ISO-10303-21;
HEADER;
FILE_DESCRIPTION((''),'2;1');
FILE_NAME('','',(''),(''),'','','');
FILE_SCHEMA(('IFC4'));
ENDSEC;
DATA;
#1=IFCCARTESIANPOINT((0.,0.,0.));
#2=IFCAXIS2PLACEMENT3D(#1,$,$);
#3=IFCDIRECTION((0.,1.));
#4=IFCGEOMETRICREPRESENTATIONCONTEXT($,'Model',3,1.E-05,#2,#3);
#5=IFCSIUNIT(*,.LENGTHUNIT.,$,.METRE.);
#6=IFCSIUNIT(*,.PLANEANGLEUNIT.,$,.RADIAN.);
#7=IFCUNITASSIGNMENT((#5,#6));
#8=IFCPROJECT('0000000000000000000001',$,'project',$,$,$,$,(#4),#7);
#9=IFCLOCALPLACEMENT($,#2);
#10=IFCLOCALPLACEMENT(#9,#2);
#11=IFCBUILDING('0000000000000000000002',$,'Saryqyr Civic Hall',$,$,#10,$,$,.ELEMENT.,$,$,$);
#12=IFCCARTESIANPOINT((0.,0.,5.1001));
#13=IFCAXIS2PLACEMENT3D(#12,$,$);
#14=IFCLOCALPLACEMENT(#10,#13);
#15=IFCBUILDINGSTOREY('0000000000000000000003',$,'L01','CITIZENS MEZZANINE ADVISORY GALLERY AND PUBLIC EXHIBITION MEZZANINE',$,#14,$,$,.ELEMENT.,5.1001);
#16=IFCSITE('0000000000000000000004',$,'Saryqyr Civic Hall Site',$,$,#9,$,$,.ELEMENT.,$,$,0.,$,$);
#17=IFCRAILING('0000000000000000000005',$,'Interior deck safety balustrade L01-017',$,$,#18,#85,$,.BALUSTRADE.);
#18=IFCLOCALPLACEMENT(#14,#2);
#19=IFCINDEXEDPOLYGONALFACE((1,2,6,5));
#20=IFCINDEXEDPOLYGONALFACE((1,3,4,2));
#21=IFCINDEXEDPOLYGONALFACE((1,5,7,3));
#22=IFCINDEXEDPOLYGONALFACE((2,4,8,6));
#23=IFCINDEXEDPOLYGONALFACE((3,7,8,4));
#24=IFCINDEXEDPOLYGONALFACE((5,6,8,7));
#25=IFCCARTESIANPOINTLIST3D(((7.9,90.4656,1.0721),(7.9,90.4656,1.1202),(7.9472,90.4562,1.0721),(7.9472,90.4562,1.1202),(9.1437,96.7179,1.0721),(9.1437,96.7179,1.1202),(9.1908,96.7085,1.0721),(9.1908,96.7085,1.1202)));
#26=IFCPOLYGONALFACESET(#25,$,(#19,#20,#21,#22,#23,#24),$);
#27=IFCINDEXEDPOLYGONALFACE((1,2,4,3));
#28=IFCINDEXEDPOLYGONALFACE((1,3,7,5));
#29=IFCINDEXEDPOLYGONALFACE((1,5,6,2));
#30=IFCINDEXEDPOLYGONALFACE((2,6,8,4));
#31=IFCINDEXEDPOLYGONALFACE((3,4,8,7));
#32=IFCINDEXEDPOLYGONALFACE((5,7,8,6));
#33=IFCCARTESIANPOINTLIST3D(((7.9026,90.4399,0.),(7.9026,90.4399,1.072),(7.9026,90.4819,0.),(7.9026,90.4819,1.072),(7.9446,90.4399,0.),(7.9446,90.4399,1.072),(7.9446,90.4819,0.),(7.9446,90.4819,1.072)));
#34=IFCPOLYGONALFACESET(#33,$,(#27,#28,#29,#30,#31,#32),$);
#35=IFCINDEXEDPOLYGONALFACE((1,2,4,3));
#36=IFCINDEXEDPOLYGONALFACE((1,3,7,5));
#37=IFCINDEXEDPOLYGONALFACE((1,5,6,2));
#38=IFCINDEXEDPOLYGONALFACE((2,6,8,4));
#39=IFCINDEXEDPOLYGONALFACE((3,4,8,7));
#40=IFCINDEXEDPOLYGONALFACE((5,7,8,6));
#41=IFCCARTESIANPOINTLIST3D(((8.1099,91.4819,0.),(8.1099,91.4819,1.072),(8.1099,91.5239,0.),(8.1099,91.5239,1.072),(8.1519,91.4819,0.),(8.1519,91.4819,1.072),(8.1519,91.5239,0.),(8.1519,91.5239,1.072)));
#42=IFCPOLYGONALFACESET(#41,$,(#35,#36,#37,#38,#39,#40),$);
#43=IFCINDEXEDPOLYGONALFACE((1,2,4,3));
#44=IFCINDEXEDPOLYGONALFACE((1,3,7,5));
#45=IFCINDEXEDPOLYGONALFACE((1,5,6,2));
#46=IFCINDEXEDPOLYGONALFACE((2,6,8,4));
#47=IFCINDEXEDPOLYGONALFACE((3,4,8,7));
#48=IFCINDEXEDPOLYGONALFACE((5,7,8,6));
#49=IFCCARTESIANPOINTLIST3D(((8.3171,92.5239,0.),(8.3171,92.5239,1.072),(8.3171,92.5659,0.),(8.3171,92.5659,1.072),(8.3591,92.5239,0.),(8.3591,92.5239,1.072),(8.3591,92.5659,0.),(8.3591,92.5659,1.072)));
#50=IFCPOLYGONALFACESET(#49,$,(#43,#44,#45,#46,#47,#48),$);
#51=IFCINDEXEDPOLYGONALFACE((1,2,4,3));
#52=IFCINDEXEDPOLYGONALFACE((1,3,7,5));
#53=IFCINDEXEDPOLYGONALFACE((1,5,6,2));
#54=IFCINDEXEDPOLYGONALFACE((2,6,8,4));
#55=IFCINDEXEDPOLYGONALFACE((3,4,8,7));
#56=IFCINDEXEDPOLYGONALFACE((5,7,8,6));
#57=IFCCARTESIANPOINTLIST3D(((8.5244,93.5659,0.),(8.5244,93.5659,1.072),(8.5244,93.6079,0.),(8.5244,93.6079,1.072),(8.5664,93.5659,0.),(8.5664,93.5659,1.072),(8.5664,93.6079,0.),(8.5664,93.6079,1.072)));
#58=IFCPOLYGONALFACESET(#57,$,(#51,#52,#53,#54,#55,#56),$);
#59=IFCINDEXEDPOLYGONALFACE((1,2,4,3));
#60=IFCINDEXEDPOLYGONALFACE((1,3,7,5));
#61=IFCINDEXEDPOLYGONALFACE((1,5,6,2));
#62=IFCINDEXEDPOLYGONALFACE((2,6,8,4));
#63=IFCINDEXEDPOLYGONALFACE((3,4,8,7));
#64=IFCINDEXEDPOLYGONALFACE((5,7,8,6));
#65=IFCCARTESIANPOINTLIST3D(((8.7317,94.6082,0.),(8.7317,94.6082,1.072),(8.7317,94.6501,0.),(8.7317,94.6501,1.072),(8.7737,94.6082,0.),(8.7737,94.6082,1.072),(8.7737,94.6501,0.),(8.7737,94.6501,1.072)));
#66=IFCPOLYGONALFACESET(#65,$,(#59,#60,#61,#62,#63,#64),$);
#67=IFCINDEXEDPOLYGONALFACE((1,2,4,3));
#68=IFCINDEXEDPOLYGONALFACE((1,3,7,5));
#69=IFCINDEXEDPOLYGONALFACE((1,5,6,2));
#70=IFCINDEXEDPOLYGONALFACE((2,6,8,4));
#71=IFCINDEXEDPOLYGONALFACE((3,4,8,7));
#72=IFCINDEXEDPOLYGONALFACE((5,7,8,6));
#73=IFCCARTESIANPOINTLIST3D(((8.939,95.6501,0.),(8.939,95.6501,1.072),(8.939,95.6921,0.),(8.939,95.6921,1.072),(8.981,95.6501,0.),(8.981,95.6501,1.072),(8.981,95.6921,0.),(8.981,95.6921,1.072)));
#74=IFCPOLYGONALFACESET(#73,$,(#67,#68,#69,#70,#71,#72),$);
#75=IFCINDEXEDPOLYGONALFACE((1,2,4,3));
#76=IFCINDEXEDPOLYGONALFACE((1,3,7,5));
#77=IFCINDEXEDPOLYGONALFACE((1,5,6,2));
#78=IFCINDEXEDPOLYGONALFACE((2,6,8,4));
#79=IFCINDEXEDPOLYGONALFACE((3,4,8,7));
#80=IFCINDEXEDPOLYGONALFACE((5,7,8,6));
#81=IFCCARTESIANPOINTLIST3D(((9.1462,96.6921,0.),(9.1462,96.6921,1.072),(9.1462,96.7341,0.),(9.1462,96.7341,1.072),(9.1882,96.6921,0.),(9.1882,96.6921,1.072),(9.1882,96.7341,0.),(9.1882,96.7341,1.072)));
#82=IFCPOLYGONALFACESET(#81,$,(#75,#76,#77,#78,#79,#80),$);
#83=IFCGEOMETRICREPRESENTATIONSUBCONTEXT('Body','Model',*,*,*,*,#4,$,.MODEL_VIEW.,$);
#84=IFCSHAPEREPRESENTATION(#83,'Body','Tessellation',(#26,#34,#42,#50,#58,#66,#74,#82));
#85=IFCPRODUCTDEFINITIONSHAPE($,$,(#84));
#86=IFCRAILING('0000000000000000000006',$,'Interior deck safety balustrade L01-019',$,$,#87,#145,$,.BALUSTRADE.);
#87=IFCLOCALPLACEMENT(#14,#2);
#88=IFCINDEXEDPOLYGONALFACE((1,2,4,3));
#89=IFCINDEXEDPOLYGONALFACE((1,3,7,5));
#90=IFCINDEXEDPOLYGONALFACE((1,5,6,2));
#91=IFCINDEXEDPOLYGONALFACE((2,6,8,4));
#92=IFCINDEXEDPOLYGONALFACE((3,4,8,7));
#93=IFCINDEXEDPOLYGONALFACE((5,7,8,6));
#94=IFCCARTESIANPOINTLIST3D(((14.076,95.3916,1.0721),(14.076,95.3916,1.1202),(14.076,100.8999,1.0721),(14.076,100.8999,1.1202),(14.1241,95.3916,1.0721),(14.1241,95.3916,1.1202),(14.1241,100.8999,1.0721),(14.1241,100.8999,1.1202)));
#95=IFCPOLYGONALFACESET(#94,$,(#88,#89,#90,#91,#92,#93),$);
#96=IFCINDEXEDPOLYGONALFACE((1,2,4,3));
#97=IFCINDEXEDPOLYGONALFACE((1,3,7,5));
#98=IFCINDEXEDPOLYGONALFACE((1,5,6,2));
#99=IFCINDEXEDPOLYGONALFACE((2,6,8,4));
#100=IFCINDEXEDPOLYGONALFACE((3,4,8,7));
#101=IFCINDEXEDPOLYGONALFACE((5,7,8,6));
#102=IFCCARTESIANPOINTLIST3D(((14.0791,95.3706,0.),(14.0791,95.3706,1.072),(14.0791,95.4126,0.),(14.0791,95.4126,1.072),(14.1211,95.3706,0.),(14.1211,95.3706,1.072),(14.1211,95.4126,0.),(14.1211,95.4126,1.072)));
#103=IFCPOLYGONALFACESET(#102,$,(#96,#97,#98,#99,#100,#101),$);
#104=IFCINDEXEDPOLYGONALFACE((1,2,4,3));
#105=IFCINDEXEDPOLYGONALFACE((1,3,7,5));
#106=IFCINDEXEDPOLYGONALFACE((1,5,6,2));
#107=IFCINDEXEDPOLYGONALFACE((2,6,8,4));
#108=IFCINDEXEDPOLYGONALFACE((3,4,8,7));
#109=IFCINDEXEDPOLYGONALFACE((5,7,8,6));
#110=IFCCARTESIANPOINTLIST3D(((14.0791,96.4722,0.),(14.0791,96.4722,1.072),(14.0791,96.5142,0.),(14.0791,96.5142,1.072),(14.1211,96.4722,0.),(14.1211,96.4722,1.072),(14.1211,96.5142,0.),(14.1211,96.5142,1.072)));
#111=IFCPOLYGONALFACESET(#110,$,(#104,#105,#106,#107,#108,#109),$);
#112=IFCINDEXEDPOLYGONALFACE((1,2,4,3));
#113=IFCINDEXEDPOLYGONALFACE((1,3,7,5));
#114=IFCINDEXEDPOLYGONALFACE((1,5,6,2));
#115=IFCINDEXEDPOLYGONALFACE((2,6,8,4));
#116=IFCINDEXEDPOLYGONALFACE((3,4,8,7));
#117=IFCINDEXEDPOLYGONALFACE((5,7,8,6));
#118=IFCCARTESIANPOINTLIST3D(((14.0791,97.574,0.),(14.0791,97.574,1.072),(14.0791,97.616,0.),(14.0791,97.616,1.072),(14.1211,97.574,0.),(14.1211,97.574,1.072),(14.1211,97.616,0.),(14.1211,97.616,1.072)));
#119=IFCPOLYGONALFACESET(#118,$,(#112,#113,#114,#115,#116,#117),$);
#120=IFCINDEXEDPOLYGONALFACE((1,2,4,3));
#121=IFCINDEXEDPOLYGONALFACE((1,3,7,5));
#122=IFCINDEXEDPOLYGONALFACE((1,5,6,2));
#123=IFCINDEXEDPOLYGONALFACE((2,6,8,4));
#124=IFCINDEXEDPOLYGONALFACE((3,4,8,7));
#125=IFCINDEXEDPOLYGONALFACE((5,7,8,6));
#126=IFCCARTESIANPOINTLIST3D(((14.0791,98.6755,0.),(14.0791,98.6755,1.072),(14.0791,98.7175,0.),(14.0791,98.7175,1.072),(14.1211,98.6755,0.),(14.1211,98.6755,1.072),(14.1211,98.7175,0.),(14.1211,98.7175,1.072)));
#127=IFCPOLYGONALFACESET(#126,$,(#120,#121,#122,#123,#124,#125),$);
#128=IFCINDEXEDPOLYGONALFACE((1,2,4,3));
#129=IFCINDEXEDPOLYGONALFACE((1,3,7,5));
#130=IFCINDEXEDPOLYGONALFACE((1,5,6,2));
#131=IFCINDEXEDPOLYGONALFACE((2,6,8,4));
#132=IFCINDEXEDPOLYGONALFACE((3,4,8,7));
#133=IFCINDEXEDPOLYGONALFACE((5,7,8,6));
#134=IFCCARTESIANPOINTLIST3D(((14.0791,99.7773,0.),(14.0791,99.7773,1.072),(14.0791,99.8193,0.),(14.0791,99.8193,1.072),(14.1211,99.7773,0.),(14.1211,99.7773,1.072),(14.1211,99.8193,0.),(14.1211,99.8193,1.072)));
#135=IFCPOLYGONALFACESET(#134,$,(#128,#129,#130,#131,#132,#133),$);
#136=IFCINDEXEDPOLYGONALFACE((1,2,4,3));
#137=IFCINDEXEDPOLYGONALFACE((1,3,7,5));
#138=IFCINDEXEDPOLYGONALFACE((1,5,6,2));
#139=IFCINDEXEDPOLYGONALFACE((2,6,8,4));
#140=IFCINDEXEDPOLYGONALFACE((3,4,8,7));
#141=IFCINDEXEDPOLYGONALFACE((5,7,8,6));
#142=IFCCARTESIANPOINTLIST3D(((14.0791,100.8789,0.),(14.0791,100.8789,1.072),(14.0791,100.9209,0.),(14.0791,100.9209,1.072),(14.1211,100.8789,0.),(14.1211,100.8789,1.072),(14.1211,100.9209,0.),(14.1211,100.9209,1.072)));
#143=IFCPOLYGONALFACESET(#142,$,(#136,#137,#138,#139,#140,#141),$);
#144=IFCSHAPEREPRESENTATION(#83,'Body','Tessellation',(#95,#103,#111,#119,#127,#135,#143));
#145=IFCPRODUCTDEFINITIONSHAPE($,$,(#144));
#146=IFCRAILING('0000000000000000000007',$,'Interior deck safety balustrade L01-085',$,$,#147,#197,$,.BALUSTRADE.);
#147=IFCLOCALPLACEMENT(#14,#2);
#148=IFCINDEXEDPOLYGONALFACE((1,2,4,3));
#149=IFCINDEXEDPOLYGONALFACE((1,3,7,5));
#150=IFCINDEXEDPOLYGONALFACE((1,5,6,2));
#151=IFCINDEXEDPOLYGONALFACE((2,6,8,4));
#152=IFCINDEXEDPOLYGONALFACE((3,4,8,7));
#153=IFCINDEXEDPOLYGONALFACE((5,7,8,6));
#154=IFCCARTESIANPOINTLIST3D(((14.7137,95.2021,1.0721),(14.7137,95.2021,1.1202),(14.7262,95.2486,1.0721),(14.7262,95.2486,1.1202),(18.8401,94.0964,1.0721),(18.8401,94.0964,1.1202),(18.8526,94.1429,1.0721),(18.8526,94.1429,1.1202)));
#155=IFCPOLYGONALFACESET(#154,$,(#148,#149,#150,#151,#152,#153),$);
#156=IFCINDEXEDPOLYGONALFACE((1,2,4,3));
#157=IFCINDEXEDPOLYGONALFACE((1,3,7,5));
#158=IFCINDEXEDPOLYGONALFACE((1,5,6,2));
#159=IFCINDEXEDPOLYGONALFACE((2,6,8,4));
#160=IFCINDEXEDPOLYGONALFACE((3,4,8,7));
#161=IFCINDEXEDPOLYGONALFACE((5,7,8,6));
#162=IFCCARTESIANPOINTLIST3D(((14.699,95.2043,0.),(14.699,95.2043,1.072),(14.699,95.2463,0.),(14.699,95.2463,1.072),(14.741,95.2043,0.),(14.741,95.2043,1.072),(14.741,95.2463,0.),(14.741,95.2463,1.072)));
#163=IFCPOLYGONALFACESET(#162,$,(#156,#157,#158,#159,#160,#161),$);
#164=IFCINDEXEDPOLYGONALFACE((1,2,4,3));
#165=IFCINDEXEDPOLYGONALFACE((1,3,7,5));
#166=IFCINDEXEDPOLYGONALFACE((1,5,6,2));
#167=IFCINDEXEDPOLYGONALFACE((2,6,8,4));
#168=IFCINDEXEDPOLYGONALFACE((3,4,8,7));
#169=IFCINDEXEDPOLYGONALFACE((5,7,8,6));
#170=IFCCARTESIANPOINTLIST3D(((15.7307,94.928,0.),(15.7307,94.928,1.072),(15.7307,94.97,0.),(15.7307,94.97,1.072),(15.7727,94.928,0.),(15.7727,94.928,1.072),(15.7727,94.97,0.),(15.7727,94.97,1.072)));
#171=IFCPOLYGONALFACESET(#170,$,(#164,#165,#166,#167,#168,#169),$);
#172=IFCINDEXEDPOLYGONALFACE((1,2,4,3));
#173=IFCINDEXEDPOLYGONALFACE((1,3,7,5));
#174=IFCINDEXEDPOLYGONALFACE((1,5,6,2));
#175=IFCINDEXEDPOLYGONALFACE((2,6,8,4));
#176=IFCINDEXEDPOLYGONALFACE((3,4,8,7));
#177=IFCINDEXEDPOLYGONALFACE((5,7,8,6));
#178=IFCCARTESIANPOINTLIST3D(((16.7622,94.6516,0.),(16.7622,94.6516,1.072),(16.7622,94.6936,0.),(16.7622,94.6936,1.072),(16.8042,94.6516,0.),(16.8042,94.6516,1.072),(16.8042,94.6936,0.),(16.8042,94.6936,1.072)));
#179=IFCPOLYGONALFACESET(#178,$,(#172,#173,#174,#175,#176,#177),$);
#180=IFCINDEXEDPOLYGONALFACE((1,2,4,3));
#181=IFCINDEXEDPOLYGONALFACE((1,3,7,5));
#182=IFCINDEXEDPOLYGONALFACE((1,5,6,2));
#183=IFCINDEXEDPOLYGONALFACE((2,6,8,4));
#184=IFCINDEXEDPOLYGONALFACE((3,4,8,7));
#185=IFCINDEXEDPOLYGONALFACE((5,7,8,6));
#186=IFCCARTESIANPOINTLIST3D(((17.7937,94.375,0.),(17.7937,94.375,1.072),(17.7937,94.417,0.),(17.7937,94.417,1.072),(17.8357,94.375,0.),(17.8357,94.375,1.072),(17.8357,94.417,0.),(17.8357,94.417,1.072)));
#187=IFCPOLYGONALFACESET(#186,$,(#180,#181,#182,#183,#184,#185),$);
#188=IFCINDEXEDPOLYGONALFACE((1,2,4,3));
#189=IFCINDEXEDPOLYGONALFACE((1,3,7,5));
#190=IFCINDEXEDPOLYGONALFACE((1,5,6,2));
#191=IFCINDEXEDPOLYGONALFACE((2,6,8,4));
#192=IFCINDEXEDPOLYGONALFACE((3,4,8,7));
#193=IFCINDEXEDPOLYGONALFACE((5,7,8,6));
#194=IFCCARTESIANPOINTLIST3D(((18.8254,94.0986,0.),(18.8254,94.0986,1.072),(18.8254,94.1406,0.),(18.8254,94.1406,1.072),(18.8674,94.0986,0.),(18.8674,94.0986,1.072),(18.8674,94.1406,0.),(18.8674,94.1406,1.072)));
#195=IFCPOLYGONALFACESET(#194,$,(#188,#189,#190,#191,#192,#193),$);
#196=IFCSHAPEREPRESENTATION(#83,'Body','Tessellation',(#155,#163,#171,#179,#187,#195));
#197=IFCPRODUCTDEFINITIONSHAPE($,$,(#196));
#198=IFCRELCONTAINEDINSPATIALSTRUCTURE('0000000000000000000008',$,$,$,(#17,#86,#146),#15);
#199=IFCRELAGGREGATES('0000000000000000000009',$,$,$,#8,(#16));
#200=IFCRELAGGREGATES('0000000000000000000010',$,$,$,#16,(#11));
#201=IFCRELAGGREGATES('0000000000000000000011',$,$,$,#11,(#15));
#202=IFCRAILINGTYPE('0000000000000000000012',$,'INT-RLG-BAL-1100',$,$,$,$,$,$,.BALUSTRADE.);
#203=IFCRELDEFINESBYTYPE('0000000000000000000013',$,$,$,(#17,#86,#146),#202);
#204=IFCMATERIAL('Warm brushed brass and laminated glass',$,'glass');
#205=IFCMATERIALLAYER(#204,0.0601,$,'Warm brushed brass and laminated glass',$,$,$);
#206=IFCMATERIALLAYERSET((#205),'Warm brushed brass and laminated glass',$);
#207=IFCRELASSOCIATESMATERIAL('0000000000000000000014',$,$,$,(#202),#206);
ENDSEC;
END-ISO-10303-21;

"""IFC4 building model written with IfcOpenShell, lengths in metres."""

from ifc_helpers import new_model, si_unit, direction, frame, origin, origin_2d, place, context, subcontext, project, spatial, rectangle, extrude, material, layer, layer_set, type_object, element, save


model = new_model("IFC4")

# Units and contexts
model_context = context("Model", 3, precision=1e-05, world=origin(), true_north=direction((0.0, 1.0)))
body_context = subcontext(model_context, "Body", "Model", "MODEL_VIEW")
ifc_project = project(units=[si_unit("LENGTHUNIT", "METRE"), si_unit("PLANEANGLEUNIT", "RADIAN")], contexts=[model_context])

# Site, building, storey
site_placement = place(None, origin())
site = spatial("IfcSite", under=ifc_project, at=site_placement, Name="Saryqyr Civic Hall Site", CompositionType="ELEMENT", RefElevation=0.0)
building_placement = place(site_placement, origin())
building = spatial("IfcBuilding", under=site, at=building_placement, Name="Saryqyr Civic Hall", CompositionType="ELEMENT")
storey_placement = place(building_placement, frame((0.0, 0.0, 5.1001)))
storey = spatial("IfcBuildingStorey", under=building, at=storey_placement, Name="L01", Description="CITIZENS MEZZANINE ADVISORY GALLERY AND PUBLIC EXHIBITION MEZZANINE", CompositionType="ELEMENT", Elevation=5.1001)

# Railings
ifc_material_1 = material(Name="Warm brushed brass and laminated glass", Category="glass")
ifc_layer_1 = layer(ifc_material_1, 0.0601, Name="Warm brushed brass and laminated glass")
ifc_layer_set_1 = layer_set([ifc_layer_1], Name="Warm brushed brass and laminated glass")
railing_type = type_object("IfcRailingType", Name="INT-RLG-BAL-1100", PredefinedType="BALUSTRADE", material=ifc_layer_set_1)
railing_1_placement = place(storey_placement, frame((7.9236, 90.4609, 0.0)))
element("IfcRailing", 1, at=railing_1_placement, inside=storey, type_object=railing_type, Name="Interior deck safety balustrade L01-017", PredefinedType="BALUSTRADE", context=body_context, shape_type="SweptSolid", body=[
    extrude(rectangle(XDim=0.0481, YDim=0.0481, at=origin_2d()), frame((0.0, 0.0, 1.0962), z_axis=(0.195092, 0.980785, 0.0), x_axis=(-0.980785, 0.195092, 0.0)), (0.0, 0.0, 1.0), 6.3748),
    extrude(rectangle(XDim=0.042, YDim=0.042, at=origin_2d()), origin(), (0.0, 0.0, 1.0), 1.072),
    extrude(rectangle(XDim=0.042, YDim=0.042, at=origin_2d()), frame((0.2073, 1.042, 0.0)), (0.0, 0.0, 1.0), 1.072),
    extrude(rectangle(XDim=0.042, YDim=0.042, at=origin_2d()), frame((0.4146, 2.084, 0.0)), (0.0, 0.0, 1.0), 1.072),
    extrude(rectangle(XDim=0.042, YDim=0.042, at=origin_2d()), frame((0.6218, 3.126, 0.0)), (0.0, 0.0, 1.0), 1.072),
    extrude(rectangle(XDim=0.042, YDim=0.042, at=origin_2d()), frame((0.8291, 4.1682, 0.0)), (0.0, 0.0, 1.0), 1.072),
    extrude(rectangle(XDim=0.042, YDim=0.042, at=origin_2d()), frame((1.0364, 5.2102, 0.0)), (0.0, 0.0, 1.0), 1.072),
    extrude(rectangle(XDim=0.042, YDim=0.042, at=origin_2d()), frame((1.2437, 6.2522, 0.0)), (0.0, 0.0, 1.0), 1.072),
])
railing_2_placement = place(storey_placement, frame((14.1001, 95.3916, 0.0)))
element("IfcRailing", 2, at=railing_2_placement, inside=storey, type_object=railing_type, Name="Interior deck safety balustrade L01-019", PredefinedType="BALUSTRADE", context=body_context, shape_type="SweptSolid", body=[
    extrude(rectangle(XDim=0.0481, YDim=0.0481, at=origin_2d()), frame((0.0, 0.0, 1.0962), z_axis=(0.0, 1.0, 0.0), x_axis=(-1.0, 0.0, 0.0)), (0.0, 0.0, 1.0), 5.5083),
    extrude(rectangle(XDim=0.042, YDim=0.042, at=origin_2d()), origin(), (0.0, 0.0, 1.0), 1.072),
    extrude(rectangle(XDim=0.042, YDim=0.042, at=origin_2d()), frame((0.0, 1.1016, 0.0)), (0.0, 0.0, 1.0), 1.072),
    extrude(rectangle(XDim=0.042, YDim=0.042, at=origin_2d()), frame((0.0, 2.2034, 0.0)), (0.0, 0.0, 1.0), 1.072),
    extrude(rectangle(XDim=0.042, YDim=0.042, at=origin_2d()), frame((0.0, 3.3049, 0.0)), (0.0, 0.0, 1.0), 1.072),
    extrude(rectangle(XDim=0.042, YDim=0.042, at=origin_2d()), frame((0.0, 4.4067, 0.0)), (0.0, 0.0, 1.0), 1.072),
    extrude(rectangle(XDim=0.042, YDim=0.042, at=origin_2d()), frame((0.0, 5.5083, 0.0)), (0.0, 0.0, 1.0), 1.072),
])
railing_3_placement = place(storey_placement, frame((14.72, 95.2253, 0.0)))
element("IfcRailing", 3, at=railing_3_placement, inside=storey, type_object=railing_type, Name="Interior deck safety balustrade L01-085", PredefinedType="BALUSTRADE", context=body_context, shape_type="SweptSolid", body=[
    extrude(rectangle(XDim=0.0481, YDim=0.0481, at=origin_2d()), frame((0.0, 0.0, 1.0962), z_axis=(0.965924, -0.258826, 0.0), x_axis=(0.258826, 0.965924, 0.0)), (0.0, 0.0, 1.0), 4.272),
    extrude(rectangle(XDim=0.042, YDim=0.042, at=origin_2d()), origin(), (0.0, 0.0, 1.0), 1.072),
    extrude(rectangle(XDim=0.042, YDim=0.042, at=origin_2d()), frame((1.0317, -0.2764, 0.0)), (0.0, 0.0, 1.0), 1.072),
    extrude(rectangle(XDim=0.042, YDim=0.042, at=origin_2d()), frame((2.0632, -0.5527, 0.0)), (0.0, 0.0, 1.0), 1.072),
    extrude(rectangle(XDim=0.042, YDim=0.042, at=origin_2d()), frame((3.0947, -0.8293, 0.0)), (0.0, 0.0, 1.0), 1.072),
    extrude(rectangle(XDim=0.042, YDim=0.042, at=origin_2d()), frame((4.1265, -1.1057, 0.0)), (0.0, 0.0, 1.0), 1.072),
])

save(model, "model.ifc")
